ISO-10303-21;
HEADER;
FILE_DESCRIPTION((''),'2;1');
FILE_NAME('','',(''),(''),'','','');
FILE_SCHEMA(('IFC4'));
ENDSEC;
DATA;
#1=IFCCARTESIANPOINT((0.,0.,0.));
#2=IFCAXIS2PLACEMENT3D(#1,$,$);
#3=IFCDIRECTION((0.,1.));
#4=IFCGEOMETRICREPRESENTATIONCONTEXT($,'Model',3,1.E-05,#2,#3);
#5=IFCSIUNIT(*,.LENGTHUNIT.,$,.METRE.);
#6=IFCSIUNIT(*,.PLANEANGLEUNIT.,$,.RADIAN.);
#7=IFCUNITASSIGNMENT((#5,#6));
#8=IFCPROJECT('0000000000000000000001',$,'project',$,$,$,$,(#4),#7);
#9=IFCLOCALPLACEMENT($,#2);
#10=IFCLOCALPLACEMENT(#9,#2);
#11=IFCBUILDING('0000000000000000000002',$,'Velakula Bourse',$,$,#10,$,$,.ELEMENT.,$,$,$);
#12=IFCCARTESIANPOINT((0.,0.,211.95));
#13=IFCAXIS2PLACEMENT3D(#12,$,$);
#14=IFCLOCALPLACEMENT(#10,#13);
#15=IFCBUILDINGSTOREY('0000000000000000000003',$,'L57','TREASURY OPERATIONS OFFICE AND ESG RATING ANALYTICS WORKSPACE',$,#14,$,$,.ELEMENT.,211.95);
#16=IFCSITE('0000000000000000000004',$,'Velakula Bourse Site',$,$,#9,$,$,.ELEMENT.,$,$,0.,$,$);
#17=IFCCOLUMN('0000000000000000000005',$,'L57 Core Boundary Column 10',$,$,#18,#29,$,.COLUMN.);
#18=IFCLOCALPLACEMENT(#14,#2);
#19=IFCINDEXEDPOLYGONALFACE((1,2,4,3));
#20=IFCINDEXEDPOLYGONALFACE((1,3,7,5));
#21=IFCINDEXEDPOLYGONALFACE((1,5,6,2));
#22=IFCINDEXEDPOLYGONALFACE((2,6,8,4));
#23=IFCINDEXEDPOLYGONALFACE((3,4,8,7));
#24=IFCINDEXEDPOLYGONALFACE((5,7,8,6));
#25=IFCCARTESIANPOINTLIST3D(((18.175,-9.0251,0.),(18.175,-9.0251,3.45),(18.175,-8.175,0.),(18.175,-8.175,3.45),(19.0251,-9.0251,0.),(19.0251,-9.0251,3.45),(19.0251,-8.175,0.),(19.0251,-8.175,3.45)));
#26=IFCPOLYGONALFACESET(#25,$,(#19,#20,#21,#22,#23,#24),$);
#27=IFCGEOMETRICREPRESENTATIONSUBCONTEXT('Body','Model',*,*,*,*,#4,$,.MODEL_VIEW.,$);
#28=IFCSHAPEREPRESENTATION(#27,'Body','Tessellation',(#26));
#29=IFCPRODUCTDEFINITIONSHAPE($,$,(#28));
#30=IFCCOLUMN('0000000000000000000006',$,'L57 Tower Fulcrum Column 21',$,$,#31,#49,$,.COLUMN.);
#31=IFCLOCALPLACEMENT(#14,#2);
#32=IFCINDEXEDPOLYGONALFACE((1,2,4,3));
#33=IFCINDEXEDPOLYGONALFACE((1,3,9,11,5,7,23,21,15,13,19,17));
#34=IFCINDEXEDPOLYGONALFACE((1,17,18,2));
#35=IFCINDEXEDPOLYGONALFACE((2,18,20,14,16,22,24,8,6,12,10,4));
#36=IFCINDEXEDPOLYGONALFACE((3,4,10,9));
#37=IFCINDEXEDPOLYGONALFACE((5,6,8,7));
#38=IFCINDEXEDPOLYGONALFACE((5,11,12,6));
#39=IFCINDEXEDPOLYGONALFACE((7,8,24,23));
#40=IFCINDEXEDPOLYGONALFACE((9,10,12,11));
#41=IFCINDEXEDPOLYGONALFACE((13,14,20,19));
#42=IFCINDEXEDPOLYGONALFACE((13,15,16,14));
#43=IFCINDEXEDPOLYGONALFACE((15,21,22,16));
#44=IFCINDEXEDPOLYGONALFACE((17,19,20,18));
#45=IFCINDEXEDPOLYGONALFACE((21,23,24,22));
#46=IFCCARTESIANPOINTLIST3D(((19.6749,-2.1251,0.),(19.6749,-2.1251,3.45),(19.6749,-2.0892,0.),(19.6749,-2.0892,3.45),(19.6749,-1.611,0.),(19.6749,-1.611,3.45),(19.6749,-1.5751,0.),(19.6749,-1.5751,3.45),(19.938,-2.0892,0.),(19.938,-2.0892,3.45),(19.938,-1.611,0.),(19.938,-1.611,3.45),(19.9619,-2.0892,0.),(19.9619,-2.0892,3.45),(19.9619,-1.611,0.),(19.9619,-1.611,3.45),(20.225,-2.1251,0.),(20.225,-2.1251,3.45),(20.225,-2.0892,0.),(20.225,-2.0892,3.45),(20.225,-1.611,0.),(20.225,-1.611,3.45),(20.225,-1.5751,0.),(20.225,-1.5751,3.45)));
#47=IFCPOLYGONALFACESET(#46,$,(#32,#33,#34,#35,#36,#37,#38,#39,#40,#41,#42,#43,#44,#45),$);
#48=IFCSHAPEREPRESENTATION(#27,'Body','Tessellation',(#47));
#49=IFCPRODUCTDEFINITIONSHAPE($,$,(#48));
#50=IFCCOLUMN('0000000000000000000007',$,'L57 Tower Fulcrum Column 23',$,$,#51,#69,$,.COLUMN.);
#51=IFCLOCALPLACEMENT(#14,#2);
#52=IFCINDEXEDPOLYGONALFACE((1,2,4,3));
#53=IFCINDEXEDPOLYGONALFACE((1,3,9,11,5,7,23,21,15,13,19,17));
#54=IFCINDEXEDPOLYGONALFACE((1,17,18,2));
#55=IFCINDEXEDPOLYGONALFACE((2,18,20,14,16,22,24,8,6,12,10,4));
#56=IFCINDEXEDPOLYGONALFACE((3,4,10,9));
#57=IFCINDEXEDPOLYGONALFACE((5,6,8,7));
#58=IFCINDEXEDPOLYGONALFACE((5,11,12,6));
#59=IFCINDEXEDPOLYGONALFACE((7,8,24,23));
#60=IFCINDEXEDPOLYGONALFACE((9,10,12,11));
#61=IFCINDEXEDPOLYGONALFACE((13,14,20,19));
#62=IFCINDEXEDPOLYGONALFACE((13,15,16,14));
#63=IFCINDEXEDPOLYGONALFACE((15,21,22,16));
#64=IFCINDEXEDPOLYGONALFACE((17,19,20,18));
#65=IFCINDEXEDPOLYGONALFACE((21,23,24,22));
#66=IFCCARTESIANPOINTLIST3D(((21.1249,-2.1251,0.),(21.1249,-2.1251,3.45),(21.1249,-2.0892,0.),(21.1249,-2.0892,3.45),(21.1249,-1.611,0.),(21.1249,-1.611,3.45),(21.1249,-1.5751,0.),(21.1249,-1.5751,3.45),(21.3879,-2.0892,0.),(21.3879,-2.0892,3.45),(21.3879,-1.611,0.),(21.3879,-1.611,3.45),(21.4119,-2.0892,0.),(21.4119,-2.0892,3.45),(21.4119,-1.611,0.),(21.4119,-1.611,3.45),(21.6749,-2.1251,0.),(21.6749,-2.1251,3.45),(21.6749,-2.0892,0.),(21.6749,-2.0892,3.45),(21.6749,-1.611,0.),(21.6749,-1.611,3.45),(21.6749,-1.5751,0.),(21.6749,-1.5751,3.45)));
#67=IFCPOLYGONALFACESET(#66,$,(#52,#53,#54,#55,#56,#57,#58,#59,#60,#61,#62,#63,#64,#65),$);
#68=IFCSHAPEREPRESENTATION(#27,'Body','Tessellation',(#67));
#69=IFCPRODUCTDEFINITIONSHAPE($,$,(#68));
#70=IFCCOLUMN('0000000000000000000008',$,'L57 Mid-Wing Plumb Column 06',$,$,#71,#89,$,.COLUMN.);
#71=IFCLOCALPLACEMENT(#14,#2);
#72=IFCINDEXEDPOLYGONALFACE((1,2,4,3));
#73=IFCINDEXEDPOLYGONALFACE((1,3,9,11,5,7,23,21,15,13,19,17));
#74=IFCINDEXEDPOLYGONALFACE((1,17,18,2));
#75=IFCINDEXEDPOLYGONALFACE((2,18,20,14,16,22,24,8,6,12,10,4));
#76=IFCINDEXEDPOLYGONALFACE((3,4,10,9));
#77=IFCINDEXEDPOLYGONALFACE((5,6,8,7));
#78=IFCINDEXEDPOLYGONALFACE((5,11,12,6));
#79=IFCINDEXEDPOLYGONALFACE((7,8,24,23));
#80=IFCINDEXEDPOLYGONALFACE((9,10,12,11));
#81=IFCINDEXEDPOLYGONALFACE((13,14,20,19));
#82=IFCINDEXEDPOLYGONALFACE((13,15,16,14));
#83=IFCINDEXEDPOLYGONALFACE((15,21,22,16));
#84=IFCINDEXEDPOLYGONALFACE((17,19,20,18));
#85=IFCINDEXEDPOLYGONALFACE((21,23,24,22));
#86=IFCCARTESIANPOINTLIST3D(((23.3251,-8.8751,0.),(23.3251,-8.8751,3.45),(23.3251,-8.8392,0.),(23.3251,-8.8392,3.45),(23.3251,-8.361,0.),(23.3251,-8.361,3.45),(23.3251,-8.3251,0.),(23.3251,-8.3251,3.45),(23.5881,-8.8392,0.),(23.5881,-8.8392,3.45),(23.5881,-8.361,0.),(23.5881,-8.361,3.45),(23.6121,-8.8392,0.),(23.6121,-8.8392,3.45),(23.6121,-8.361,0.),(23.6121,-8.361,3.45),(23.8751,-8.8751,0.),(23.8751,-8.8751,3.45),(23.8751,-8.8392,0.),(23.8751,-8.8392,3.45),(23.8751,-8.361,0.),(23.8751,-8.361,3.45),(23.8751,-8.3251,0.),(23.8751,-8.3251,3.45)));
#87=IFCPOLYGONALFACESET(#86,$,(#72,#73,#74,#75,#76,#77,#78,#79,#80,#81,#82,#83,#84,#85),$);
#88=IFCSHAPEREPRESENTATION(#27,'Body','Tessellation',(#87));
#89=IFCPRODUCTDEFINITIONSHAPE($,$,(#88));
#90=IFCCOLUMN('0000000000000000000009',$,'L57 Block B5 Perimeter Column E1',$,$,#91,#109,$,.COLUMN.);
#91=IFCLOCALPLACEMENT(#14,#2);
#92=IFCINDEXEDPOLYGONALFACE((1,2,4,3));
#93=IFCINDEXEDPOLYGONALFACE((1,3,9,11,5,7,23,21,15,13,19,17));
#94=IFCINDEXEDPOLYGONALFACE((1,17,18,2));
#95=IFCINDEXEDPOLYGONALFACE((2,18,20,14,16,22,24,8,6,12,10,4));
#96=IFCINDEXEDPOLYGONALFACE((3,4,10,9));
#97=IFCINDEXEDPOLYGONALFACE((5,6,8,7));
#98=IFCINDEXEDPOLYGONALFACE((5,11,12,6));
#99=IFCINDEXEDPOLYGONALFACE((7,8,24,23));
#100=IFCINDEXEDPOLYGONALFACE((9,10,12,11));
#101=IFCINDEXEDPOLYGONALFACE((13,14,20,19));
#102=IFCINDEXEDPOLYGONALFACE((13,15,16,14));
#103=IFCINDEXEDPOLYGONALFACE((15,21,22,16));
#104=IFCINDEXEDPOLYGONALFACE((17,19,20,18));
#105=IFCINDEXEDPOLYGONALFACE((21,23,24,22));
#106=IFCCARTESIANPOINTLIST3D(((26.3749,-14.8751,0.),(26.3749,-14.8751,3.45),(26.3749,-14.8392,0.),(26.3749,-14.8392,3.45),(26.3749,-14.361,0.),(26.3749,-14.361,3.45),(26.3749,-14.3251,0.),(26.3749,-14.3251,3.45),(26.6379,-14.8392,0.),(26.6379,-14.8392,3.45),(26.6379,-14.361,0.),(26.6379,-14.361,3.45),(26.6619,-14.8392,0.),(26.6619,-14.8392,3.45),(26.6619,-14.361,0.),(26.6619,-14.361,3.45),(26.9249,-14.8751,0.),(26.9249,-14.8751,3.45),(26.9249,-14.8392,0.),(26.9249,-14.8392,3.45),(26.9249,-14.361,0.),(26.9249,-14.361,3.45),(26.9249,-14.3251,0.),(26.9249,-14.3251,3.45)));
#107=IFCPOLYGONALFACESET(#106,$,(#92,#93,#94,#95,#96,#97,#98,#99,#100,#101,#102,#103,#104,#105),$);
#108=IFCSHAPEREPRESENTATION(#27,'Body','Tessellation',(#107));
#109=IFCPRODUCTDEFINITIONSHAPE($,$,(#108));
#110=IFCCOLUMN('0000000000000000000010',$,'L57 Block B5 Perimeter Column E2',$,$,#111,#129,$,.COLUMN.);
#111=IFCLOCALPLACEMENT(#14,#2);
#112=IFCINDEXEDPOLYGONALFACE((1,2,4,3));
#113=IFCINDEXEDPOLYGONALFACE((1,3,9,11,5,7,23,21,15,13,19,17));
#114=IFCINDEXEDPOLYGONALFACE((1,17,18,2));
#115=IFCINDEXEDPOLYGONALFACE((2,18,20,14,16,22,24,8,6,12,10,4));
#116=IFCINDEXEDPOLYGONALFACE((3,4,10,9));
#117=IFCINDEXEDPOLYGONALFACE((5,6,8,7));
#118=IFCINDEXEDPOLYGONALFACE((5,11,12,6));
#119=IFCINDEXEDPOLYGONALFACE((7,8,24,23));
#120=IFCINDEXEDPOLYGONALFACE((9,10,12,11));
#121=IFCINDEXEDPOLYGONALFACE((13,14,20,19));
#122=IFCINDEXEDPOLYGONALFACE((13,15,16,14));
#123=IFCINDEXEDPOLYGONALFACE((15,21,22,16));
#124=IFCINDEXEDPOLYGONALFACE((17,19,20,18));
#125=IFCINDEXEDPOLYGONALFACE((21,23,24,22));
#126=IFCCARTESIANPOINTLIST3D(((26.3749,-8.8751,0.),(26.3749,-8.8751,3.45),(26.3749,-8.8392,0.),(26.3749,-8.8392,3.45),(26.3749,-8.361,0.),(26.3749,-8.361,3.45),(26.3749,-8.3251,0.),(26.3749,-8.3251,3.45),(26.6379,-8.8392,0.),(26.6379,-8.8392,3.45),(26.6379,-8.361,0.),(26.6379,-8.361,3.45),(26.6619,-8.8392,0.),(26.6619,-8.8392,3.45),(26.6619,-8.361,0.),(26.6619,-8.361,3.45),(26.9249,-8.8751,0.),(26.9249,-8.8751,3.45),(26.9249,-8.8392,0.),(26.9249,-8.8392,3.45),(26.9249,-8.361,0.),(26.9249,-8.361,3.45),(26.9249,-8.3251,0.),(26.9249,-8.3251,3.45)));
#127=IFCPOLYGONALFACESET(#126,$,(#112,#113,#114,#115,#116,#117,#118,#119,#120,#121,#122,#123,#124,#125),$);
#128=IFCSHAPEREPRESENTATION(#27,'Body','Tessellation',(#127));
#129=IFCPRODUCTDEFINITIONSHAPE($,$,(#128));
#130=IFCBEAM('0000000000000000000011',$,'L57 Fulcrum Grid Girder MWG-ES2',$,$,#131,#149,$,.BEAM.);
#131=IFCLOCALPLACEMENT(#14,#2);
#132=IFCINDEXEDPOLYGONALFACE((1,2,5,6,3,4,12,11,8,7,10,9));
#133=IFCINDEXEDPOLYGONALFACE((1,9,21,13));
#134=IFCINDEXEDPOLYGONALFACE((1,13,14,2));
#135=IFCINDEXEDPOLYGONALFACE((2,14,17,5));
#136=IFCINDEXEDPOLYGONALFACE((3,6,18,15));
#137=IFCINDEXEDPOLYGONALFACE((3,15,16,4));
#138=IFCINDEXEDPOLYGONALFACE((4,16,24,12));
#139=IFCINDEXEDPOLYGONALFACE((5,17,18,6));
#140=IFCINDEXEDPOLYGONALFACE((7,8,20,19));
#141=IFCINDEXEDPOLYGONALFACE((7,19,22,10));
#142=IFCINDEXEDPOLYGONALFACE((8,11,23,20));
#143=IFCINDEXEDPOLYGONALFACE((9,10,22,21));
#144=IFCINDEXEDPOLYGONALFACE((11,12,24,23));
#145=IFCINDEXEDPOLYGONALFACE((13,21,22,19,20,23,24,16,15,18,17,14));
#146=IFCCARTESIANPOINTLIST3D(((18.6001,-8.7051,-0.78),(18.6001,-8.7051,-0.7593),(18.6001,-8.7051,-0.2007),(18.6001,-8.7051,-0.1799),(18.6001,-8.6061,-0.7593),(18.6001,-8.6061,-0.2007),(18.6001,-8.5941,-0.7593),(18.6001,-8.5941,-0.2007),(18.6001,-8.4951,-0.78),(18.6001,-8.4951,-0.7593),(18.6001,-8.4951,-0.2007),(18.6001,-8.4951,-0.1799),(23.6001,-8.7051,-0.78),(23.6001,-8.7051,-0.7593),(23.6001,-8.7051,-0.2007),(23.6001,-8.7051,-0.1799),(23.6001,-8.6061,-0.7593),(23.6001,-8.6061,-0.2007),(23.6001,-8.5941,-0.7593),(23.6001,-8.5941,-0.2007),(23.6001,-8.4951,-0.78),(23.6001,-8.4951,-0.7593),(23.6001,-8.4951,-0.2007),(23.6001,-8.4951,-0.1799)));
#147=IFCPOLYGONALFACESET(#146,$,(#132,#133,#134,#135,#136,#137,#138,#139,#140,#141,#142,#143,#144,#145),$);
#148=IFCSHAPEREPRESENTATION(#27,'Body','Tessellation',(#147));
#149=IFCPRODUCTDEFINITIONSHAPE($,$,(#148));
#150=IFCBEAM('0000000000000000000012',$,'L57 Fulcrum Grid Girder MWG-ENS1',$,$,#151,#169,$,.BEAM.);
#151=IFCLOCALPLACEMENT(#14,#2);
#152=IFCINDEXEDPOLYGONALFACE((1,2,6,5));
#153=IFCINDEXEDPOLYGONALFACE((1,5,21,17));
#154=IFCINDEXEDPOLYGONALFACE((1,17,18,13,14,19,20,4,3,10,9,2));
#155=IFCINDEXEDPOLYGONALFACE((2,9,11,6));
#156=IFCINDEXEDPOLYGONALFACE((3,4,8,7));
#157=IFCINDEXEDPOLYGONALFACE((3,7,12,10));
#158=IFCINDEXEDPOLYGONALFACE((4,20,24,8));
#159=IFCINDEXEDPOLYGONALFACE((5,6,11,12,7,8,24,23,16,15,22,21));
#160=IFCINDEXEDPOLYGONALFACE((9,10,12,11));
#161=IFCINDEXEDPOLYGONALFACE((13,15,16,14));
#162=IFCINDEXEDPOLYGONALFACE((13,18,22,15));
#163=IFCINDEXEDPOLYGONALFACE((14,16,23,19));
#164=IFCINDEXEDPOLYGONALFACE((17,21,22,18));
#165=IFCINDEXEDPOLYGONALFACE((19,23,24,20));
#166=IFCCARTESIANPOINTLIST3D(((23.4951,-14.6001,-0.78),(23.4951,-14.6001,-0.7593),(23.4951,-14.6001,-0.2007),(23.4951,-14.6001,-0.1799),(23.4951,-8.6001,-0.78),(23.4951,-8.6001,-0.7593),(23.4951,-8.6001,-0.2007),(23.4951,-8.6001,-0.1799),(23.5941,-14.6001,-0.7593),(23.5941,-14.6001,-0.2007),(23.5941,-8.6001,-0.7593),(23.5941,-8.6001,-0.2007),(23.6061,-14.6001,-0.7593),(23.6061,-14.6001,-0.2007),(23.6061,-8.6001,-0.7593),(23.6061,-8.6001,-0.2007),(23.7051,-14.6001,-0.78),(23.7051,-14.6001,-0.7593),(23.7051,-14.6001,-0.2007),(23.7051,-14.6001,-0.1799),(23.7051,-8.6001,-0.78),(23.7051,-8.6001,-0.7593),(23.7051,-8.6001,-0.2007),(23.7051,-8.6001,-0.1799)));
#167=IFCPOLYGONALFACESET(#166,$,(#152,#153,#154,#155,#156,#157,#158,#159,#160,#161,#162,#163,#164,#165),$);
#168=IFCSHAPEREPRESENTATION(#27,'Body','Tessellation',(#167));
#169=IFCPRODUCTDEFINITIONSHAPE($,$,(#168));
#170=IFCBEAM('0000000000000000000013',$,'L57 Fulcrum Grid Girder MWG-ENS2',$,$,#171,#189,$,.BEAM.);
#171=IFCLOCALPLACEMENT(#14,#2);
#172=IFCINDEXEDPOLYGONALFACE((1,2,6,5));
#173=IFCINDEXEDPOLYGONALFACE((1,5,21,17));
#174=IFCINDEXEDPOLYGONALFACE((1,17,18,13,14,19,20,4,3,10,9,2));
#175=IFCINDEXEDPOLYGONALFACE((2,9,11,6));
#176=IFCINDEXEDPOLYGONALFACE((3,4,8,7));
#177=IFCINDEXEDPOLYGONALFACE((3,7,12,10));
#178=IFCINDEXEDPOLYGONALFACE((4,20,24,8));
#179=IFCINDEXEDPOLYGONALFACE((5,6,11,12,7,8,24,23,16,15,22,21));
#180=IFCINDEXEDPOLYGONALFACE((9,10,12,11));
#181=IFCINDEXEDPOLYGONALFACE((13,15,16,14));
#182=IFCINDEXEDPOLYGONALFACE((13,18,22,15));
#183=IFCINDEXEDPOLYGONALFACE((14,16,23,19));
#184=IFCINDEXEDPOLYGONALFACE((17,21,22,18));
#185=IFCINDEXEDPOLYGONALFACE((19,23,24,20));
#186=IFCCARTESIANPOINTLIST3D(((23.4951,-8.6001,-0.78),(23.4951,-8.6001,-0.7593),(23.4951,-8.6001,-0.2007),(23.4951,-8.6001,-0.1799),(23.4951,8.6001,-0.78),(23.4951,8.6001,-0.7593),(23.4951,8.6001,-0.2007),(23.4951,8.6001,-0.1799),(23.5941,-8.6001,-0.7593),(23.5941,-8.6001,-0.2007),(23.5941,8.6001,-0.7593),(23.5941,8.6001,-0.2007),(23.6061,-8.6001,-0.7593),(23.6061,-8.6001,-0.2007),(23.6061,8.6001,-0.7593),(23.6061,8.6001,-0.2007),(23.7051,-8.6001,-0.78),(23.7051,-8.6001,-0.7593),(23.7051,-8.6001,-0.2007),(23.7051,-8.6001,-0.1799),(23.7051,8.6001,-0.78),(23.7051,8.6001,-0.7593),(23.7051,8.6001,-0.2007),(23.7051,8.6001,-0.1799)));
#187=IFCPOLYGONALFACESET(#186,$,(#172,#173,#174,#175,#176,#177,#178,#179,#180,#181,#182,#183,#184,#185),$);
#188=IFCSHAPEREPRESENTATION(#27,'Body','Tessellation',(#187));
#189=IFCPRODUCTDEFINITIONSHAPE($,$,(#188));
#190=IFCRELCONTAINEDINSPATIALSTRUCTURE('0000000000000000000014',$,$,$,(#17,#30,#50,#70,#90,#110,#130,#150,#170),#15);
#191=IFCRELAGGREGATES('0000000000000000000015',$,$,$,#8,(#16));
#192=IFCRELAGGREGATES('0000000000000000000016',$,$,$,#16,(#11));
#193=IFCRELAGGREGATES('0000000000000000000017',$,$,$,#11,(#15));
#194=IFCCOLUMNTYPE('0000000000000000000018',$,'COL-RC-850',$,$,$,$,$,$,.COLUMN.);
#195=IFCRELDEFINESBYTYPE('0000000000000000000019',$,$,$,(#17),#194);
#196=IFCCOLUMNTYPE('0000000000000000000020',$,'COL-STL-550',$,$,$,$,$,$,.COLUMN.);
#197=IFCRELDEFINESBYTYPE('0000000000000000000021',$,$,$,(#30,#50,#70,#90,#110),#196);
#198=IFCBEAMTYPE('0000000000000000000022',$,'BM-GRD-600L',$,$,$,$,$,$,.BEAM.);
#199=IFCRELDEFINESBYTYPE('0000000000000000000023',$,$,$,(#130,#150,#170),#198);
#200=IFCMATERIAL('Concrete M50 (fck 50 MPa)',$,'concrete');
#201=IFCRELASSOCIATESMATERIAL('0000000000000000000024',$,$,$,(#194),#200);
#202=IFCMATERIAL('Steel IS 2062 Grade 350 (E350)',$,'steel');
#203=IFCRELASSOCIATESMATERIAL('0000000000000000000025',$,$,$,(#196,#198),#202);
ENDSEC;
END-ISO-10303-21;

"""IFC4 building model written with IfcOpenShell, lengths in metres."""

from ifc_helpers import new_model, si_unit, direction, frame, origin, origin_2d, place, context, subcontext, project, spatial, rectangle, i_section, extrude, material, material_profile, profile_set, type_object, element, save


model = new_model("IFC4")

# Units and contexts
model_context = context("Model", 3, precision=1e-05, world=origin(), true_north=direction((0.0, 1.0)))
body_context = subcontext(model_context, "Body", "Model", "MODEL_VIEW")
ifc_project = project(units=[si_unit("LENGTHUNIT", "METRE"), si_unit("PLANEANGLEUNIT", "RADIAN")], contexts=[model_context])

# Site, building, storey
site_placement = place(None, origin())
site = spatial("IfcSite", under=ifc_project, at=site_placement, Name="Velakula Bourse Site", CompositionType="ELEMENT", RefElevation=0.0)
building_placement = place(site_placement, origin())
building = spatial("IfcBuilding", under=site, at=building_placement, Name="Velakula Bourse", CompositionType="ELEMENT")
storey_placement = place(building_placement, frame((0.0, 0.0, 211.95)))
storey = spatial("IfcBuildingStorey", under=building, at=storey_placement, Name="L57", Description="TREASURY OPERATIONS OFFICE AND ESG RATING ANALYTICS WORKSPACE", CompositionType="ELEMENT", Elevation=211.95)

# Columns
ifc_material_1 = material(Name="Concrete M50 (fck 50 MPa)", Category="concrete")
ifc_material_profile_1 = material_profile(ifc_material_1, rectangle(XDim=0.8501, YDim=0.8501, at=origin_2d()), Name="Concrete M50 (fck 50 MPa)")
ifc_profile_set_1 = profile_set([ifc_material_profile_1], Name="Concrete M50 (fck 50 MPa)")
column_type_1 = type_object("IfcColumnType", Name="COL-RC-850", PredefinedType="COLUMN", material=ifc_profile_set_1)
column_placement = place(storey_placement, frame((18.6001, -8.6001, 0.0), z_axis=(0.0, 0.0, 1.0), x_axis=(1.0, 0.0, 0.0)))
element("IfcColumn", 1, at=column_placement, inside=storey, type_object=column_type_1, Name="L57 Core Boundary Column 10", PredefinedType="COLUMN", context=body_context, shape_type="SweptSolid", body=[
    extrude(rectangle(XDim=0.8501, YDim=0.8501, at=origin_2d()), origin(), (0.0, 0.0, 1.0), 3.45),
])
ifc_material_2 = material(Name="Steel IS 2062 Grade 350 (E350)", Category="steel")
ifc_material_profile_2 = material_profile(ifc_material_2, i_section(OverallWidth=0.55, OverallDepth=0.55, WebThickness=0.0239, FlangeThickness=0.0359, at=origin_2d()), Name="Steel IS 2062 Grade 350 (E350)")
ifc_profile_set_2 = profile_set([ifc_material_profile_2], Name="Steel IS 2062 Grade 350 (E350)")
column_type_2 = type_object("IfcColumnType", Name="COL-STL-550", PredefinedType="COLUMN", material=ifc_profile_set_2)
for number, where, z_axis, x_axis, name in (
    (2, (19.95, -1.8501, 0.0), (0.0, 0.0, 1.0), (1.0, 0.0, 0.0), "L57 Tower Fulcrum Column 21"),
    (3, (21.3999, -1.8501, 0.0), (0.0, 0.0, 1.0), (1.0, 0.0, 0.0), "L57 Tower Fulcrum Column 23"),
    (4, (23.6001, -8.6001, 0.0), (0.0, 0.0, 1.0), (1.0, 0.0, 0.0), "L57 Mid-Wing Plumb Column 06"),
    (5, (26.6499, -14.6001, 0.0), (0.0, 0.0, 1.0), (1.0, 0.0, 0.0), "L57 Block B5 Perimeter Column E1"),
    (6, (26.6499, -8.6001, 0.0), (0.0, 0.0, 1.0), (1.0, 0.0, 0.0), "L57 Block B5 Perimeter Column E2"),
):
    element("IfcColumn", number, at=place(storey_placement, frame(where, z_axis=z_axis, x_axis=x_axis)), inside=storey, type_object=column_type_2, Name=name, PredefinedType="COLUMN", context=body_context, shape_type="SweptSolid", body=[
        extrude(i_section(OverallWidth=0.55, OverallDepth=0.55, WebThickness=0.0239, FlangeThickness=0.0359, at=origin_2d()), origin(), (0.0, 0.0, 1.0), 3.45),
    ])

# Beams
ifc_material_profile_3 = material_profile(ifc_material_2, i_section(OverallWidth=0.21, OverallDepth=0.6001, WebThickness=0.012, FlangeThickness=0.0208, at=origin_2d()), Name="Steel IS 2062 Grade 350 (E350)")
ifc_profile_set_3 = profile_set([ifc_material_profile_3], Name="Steel IS 2062 Grade 350 (E350)")
beam_type_1 = type_object("IfcBeamType", Name="BM-GRD-600L", PredefinedType="BEAM", material=ifc_profile_set_3)
beam_1_placement = place(storey_placement, frame((18.6001, -8.6001, -0.48), z_axis=(1.0, 0.0, 0.0), x_axis=(0.0, 1.0, 0.0)))
element("IfcBeam", 7, at=beam_1_placement, inside=storey, type_object=beam_type_1, Name="L57 Fulcrum Grid Girder MWG-ES2", PredefinedType="BEAM", context=body_context, shape_type="SweptSolid", body=[
    extrude(i_section(OverallWidth=0.21, OverallDepth=0.6001, WebThickness=0.012, FlangeThickness=0.0208, at=origin_2d()), origin(), (0.0, 0.0, 1.0), 5.0),
])
beam_2_placement = place(storey_placement, frame((23.6001, -14.6001, -0.48), z_axis=(0.0, 1.0, 0.0), x_axis=(-1.0, 0.0, 0.0)))
element("IfcBeam", 8, at=beam_2_placement, inside=storey, type_object=beam_type_1, Name="L57 Fulcrum Grid Girder MWG-ENS1", PredefinedType="BEAM", context=body_context, shape_type="SweptSolid", body=[
    extrude(i_section(OverallWidth=0.21, OverallDepth=0.6001, WebThickness=0.012, FlangeThickness=0.0208, at=origin_2d()), origin(), (0.0, 0.0, 1.0), 6.0),
])
beam_3_placement = place(storey_placement, frame((23.6001, -8.6001, -0.48), z_axis=(0.0, 1.0, 0.0), x_axis=(-1.0, 0.0, 0.0)))
element("IfcBeam", 9, at=beam_3_placement, inside=storey, type_object=beam_type_1, Name="L57 Fulcrum Grid Girder MWG-ENS2", PredefinedType="BEAM", context=body_context, shape_type="SweptSolid", body=[
    extrude(i_section(OverallWidth=0.21, OverallDepth=0.6001, WebThickness=0.012, FlangeThickness=0.0208, at=origin_2d()), origin(), (0.0, 0.0, 1.0), 17.2002),
])

save(model, "model.ifc")
